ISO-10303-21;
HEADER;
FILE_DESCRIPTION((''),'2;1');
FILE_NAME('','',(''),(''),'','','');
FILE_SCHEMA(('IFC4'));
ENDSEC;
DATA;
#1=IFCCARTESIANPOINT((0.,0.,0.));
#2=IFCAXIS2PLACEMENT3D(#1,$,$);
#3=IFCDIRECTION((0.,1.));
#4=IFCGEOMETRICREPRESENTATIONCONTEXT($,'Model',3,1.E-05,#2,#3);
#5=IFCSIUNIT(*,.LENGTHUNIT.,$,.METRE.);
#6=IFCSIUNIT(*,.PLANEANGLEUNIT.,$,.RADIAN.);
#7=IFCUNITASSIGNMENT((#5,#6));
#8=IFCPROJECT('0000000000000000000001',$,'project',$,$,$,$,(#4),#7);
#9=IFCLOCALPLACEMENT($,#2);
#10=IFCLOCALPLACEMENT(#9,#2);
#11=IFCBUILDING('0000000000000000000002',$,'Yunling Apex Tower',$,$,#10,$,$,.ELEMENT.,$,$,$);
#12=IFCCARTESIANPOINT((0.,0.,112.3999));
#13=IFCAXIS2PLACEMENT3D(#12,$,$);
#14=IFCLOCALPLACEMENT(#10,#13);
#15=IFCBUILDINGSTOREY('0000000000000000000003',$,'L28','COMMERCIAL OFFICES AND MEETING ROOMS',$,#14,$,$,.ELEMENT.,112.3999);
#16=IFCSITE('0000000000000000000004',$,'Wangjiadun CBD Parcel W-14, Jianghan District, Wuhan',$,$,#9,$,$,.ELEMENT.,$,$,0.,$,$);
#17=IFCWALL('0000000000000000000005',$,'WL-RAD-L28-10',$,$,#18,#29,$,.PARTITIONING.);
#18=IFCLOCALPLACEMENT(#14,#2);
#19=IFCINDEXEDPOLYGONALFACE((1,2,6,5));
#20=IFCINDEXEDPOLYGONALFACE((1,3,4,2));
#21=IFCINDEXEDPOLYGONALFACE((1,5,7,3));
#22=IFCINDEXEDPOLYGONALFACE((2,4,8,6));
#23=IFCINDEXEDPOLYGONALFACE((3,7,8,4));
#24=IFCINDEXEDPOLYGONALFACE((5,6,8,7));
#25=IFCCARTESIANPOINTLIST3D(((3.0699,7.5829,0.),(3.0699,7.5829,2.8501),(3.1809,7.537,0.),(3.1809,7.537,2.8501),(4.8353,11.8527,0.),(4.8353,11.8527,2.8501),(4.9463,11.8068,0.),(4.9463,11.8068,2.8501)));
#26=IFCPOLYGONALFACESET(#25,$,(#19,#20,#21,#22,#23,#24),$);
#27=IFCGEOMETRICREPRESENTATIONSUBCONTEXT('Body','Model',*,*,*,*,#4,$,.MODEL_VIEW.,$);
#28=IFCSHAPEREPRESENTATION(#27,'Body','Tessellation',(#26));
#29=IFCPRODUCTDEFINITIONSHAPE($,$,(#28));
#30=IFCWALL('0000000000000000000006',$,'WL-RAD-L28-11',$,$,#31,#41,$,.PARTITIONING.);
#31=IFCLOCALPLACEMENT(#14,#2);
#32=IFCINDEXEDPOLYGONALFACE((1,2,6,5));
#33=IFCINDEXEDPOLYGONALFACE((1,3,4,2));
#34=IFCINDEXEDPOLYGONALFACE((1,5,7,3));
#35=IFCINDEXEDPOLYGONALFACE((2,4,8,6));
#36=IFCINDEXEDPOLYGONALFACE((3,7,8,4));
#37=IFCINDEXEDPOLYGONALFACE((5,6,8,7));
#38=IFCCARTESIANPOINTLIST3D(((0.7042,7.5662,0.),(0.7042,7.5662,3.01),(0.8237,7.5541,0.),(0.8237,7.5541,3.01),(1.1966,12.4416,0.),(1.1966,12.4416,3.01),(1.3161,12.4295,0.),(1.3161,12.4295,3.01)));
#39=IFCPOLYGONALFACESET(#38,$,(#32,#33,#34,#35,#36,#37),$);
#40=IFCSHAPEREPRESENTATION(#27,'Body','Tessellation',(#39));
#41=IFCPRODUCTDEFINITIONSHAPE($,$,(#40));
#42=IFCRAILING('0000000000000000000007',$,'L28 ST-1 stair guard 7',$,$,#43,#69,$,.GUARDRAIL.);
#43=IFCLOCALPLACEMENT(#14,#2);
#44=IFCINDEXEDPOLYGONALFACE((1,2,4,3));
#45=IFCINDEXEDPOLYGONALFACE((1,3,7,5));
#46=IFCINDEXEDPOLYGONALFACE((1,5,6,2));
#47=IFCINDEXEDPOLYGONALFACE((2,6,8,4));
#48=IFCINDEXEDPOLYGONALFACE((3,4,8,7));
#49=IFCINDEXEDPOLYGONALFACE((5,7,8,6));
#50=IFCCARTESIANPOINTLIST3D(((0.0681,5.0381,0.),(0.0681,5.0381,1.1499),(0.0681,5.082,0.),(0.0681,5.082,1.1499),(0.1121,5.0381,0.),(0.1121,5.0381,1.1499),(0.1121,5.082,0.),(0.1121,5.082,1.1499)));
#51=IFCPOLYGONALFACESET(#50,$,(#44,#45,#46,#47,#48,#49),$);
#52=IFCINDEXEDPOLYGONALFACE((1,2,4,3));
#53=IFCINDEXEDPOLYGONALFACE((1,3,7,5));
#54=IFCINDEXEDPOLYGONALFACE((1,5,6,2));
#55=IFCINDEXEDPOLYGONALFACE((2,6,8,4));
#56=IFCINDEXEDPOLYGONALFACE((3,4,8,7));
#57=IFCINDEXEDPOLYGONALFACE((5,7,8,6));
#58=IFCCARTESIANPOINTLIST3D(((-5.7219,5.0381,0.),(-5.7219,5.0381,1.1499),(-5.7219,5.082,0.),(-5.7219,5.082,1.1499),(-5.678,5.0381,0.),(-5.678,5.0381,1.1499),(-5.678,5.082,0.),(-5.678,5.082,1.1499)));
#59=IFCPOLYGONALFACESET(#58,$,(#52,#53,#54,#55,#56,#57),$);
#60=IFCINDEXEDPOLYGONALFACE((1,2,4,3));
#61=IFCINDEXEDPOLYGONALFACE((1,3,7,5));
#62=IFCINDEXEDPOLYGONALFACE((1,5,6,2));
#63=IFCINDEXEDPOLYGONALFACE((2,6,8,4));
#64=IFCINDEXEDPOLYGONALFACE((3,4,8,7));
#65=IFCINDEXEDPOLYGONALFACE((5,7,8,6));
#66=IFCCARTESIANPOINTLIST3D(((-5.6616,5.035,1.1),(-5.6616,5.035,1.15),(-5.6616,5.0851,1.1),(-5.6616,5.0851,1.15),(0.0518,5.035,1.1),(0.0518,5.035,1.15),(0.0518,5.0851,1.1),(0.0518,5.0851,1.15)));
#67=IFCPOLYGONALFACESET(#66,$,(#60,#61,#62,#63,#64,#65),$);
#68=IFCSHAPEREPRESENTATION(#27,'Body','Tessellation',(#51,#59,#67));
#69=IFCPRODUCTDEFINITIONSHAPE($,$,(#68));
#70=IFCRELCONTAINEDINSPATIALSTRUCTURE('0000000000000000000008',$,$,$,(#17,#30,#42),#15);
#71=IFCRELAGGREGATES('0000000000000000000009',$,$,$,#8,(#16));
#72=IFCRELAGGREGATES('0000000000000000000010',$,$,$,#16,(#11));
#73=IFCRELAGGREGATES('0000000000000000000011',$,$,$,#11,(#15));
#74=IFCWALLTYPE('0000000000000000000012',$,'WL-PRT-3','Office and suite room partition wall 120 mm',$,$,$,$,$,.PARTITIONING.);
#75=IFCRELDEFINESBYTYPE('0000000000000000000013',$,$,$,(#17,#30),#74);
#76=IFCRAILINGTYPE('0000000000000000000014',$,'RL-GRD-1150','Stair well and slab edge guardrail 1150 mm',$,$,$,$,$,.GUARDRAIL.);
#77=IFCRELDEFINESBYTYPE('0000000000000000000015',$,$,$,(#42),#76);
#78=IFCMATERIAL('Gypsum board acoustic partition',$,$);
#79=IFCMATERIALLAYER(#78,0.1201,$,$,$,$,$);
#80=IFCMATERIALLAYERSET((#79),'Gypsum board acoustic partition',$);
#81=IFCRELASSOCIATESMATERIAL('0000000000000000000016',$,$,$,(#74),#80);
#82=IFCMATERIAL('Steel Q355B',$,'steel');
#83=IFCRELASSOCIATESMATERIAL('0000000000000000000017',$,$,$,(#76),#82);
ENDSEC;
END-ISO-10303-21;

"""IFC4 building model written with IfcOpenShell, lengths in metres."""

from ifc_helpers import new_model, si_unit, direction, frame, frame_2d, origin, origin_2d, place, context, subcontext, project, spatial, rectangle, extrude, material, layer, layer_set, type_object, element, save


model = new_model("IFC4")

# Units and contexts
model_context = context("Model", 3, precision=1e-05, world=origin(), true_north=direction((0.0, 1.0)))
body_context = subcontext(model_context, "Body", "Model", "MODEL_VIEW")
ifc_project = project(units=[si_unit("LENGTHUNIT", "METRE"), si_unit("PLANEANGLEUNIT", "RADIAN")], contexts=[model_context])

# Site, building, storey
site_placement = place(None, origin())
site = spatial("IfcSite", under=ifc_project, at=site_placement, Name="Wangjiadun CBD Parcel W-14, Jianghan District, Wuhan", CompositionType="ELEMENT", RefElevation=0.0)
building_placement = place(site_placement, origin())
building = spatial("IfcBuilding", under=site, at=building_placement, Name="Yunling Apex Tower", CompositionType="ELEMENT")
storey_placement = place(building_placement, frame((0.0, 0.0, 112.3999)))
storey = spatial("IfcBuildingStorey", under=building, at=storey_placement, Name="L28", Description="COMMERCIAL OFFICES AND MEETING ROOMS", CompositionType="ELEMENT", Elevation=112.3999)

# Shared definitions
ifc_material_1 = material(Name="Steel Q355B", Category="steel")

# Walls
ifc_material_2 = material(Name="Gypsum board acoustic partition")
ifc_layer_1 = layer(ifc_material_2, 0.1201)
ifc_layer_set_1 = layer_set([ifc_layer_1], Name="Gypsum board acoustic partition")
wall_type_1 = type_object("IfcWallType", Name="WL-PRT-3", Description="Office and suite room partition wall 120 mm", PredefinedType="PARTITIONING", material=ifc_layer_set_1)
wall_1_placement = place(storey_placement, frame((3.1255, 7.5601, 0.0), z_axis=(0.0, 0.0, 1.0), x_axis=(0.382089, 0.924126, 0.0)))
element("IfcWall", 1, at=wall_1_placement, inside=storey, type_object=wall_type_1, Name="WL-RAD-L28-10", PredefinedType="PARTITIONING", context=body_context, shape_type="SweptSolid", body=[
    extrude(rectangle(XDim=4.6204, YDim=0.1201, at=frame_2d((2.3101, 0.0))), origin(), (0.0, 0.0, 1.0), 2.8501),
])
wall_2_placement = place(storey_placement, frame((0.7639, 7.5601, 0.0), z_axis=(0.0, 0.0, 1.0), x_axis=(0.100495, 0.994938, 0.0)))
element("IfcWall", 2, at=wall_2_placement, inside=storey, type_object=wall_type_1, Name="WL-RAD-L28-11", PredefinedType="PARTITIONING", context=body_context, shape_type="SweptSolid", body=[
    extrude(rectangle(XDim=4.9001, YDim=0.1201, at=frame_2d((2.4502, 0.0))), origin(), (0.0, 0.0, 1.0), 3.01),
])

# Railing
railing_type = type_object("IfcRailingType", Name="RL-GRD-1150", Description="Stair well and slab edge guardrail 1150 mm", PredefinedType="GUARDRAIL", material=ifc_material_1)
railing_placement = place(storey_placement, frame((0.0901, 5.0601, 0.0)))
element("IfcRailing", 3, at=railing_placement, inside=storey, type_object=railing_type, Name="L28 ST-1 stair guard 7", PredefinedType="GUARDRAIL", context=body_context, shape_type="SweptSolid", body=[
    extrude(rectangle(XDim=0.0439, YDim=0.0439, at=origin_2d()), origin(), (0.0, 0.0, 1.0), 1.1499),
    extrude(rectangle(XDim=0.0439, YDim=0.0439, at=origin_2d()), frame((-5.79, 0.0, 0.0)), (0.0, 0.0, 1.0), 1.1499),
    extrude(rectangle(XDim=0.05, YDim=0.05, at=origin_2d()), frame((-0.0383, 0.0, 1.125), z_axis=(-1.0, 0.0, 0.0), x_axis=(0.0, -1.0, 0.0)), (0.0, 0.0, 1.0), 5.7134),
])

save(model, "model.ifc")
